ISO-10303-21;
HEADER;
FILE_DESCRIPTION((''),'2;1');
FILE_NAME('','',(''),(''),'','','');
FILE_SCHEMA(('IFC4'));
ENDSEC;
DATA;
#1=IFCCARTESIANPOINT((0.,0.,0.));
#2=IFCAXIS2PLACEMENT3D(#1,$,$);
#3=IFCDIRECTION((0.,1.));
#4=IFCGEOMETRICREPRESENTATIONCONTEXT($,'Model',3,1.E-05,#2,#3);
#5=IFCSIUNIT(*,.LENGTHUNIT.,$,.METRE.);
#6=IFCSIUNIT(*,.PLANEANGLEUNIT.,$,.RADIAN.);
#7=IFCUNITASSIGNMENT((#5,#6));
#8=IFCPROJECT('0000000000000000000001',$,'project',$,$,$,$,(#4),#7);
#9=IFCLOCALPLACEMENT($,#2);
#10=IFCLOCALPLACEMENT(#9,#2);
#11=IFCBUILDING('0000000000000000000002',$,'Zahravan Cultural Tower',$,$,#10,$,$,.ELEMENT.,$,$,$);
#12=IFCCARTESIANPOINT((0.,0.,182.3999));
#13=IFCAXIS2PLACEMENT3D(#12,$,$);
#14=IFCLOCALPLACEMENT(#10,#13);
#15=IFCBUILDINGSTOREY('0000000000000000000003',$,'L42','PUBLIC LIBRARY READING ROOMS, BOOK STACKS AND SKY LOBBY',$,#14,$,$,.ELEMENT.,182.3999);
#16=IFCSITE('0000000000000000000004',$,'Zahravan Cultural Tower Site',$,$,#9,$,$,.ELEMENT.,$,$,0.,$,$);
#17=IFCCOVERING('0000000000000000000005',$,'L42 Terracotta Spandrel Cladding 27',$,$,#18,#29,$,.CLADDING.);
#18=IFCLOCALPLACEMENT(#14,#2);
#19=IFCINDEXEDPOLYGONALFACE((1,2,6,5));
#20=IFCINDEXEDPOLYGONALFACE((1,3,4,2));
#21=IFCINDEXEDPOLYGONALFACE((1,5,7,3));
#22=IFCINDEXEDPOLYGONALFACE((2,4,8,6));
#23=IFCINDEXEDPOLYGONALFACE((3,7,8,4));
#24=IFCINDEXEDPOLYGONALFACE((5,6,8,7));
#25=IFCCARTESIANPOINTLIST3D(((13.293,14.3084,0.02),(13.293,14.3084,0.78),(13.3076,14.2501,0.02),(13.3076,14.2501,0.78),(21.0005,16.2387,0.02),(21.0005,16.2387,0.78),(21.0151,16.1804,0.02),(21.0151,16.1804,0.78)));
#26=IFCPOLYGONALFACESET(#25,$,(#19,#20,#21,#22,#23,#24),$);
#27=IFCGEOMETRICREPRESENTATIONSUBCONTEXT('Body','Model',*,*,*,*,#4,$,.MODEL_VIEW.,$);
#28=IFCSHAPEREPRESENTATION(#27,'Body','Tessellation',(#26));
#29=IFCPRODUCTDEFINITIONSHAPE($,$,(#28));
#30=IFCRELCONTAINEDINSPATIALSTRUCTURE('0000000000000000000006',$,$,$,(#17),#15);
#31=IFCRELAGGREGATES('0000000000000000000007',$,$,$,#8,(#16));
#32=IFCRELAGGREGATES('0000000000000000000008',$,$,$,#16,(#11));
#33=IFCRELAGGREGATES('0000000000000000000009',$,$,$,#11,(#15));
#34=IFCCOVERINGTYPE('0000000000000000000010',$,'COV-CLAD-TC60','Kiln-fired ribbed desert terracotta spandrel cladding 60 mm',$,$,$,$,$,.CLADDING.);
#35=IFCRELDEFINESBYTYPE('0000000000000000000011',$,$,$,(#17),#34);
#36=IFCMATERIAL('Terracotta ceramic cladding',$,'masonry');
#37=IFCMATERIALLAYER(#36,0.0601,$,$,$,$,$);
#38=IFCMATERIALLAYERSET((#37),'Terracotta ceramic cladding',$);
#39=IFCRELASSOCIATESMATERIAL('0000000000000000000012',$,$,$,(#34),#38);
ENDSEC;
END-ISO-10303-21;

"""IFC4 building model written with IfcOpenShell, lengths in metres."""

from ifc_helpers import new_model, si_unit, direction, frame, origin, origin_2d, place, context, subcontext, project, spatial, rectangle, extrude, source, transform, mapped, material, layer, layer_set, type_object, element, save


model = new_model("IFC4")

# Units and contexts
model_context = context("Model", 3, precision=1e-05, world=origin(), true_north=direction((0.0, 1.0)))
body_context = subcontext(model_context, "Body", "Model", "MODEL_VIEW")
ifc_project = project(units=[si_unit("LENGTHUNIT", "METRE"), si_unit("PLANEANGLEUNIT", "RADIAN")], contexts=[model_context])

# Site, building, storey
site_placement = place(None, origin())
site = spatial("IfcSite", under=ifc_project, at=site_placement, Name="Zahravan Cultural Tower Site", CompositionType="ELEMENT", RefElevation=0.0)
building_placement = place(site_placement, origin())
building = spatial("IfcBuilding", under=site, at=building_placement, Name="Zahravan Cultural Tower", CompositionType="ELEMENT")
storey_placement = place(building_placement, frame((0.0, 0.0, 182.3999)))
storey = spatial("IfcBuildingStorey", under=building, at=storey_placement, Name="L42", Description="PUBLIC LIBRARY READING ROOMS, BOOK STACKS AND SKY LOBBY", CompositionType="ELEMENT", Elevation=182.3999)

# Covering
ifc_material_1 = material(Name="Terracotta ceramic cladding", Category="masonry")
ifc_layer_1 = layer(ifc_material_1, 0.0601)
ifc_layer_set_1 = layer_set([ifc_layer_1], Name="Terracotta ceramic cladding")
covering_type_1 = type_object("IfcCoveringType", Name="COV-CLAD-TC60", Description="Kiln-fired ribbed desert terracotta spandrel cladding 60 mm", PredefinedType="CLADDING", material=ifc_layer_set_1)
shared_shape_1 = source(origin(), body_context, "Body", "SweptSolid", [
    extrude(rectangle(XDim=7.9456, YDim=0.0601, at=origin_2d()), origin(), (0.0, 0.0, 1.0), 0.76),
])
covering_1_placement = place(storey_placement, frame((17.1541, 15.2444, 0.02), z_axis=(0.0, 0.0, 1.0), x_axis=(-0.970042, -0.242938, 0.0)))
element("IfcCovering", 1, at=covering_1_placement, inside=storey, type_object=covering_type_1, Name="L42 Terracotta Spandrel Cladding 27", PredefinedType="CLADDING", context=body_context, shape_type="MappedRepresentation", body=[
    mapped(shared_shape_1, transform((0.0, 0.0, 0.0), x_axis=(1.0, 0.0, 0.0), y_axis=(0.0, 1.0, 0.0), z_axis=(0.0, 0.0, 1.0), scale=1.0)),
])

save(model, "model.ifc")
